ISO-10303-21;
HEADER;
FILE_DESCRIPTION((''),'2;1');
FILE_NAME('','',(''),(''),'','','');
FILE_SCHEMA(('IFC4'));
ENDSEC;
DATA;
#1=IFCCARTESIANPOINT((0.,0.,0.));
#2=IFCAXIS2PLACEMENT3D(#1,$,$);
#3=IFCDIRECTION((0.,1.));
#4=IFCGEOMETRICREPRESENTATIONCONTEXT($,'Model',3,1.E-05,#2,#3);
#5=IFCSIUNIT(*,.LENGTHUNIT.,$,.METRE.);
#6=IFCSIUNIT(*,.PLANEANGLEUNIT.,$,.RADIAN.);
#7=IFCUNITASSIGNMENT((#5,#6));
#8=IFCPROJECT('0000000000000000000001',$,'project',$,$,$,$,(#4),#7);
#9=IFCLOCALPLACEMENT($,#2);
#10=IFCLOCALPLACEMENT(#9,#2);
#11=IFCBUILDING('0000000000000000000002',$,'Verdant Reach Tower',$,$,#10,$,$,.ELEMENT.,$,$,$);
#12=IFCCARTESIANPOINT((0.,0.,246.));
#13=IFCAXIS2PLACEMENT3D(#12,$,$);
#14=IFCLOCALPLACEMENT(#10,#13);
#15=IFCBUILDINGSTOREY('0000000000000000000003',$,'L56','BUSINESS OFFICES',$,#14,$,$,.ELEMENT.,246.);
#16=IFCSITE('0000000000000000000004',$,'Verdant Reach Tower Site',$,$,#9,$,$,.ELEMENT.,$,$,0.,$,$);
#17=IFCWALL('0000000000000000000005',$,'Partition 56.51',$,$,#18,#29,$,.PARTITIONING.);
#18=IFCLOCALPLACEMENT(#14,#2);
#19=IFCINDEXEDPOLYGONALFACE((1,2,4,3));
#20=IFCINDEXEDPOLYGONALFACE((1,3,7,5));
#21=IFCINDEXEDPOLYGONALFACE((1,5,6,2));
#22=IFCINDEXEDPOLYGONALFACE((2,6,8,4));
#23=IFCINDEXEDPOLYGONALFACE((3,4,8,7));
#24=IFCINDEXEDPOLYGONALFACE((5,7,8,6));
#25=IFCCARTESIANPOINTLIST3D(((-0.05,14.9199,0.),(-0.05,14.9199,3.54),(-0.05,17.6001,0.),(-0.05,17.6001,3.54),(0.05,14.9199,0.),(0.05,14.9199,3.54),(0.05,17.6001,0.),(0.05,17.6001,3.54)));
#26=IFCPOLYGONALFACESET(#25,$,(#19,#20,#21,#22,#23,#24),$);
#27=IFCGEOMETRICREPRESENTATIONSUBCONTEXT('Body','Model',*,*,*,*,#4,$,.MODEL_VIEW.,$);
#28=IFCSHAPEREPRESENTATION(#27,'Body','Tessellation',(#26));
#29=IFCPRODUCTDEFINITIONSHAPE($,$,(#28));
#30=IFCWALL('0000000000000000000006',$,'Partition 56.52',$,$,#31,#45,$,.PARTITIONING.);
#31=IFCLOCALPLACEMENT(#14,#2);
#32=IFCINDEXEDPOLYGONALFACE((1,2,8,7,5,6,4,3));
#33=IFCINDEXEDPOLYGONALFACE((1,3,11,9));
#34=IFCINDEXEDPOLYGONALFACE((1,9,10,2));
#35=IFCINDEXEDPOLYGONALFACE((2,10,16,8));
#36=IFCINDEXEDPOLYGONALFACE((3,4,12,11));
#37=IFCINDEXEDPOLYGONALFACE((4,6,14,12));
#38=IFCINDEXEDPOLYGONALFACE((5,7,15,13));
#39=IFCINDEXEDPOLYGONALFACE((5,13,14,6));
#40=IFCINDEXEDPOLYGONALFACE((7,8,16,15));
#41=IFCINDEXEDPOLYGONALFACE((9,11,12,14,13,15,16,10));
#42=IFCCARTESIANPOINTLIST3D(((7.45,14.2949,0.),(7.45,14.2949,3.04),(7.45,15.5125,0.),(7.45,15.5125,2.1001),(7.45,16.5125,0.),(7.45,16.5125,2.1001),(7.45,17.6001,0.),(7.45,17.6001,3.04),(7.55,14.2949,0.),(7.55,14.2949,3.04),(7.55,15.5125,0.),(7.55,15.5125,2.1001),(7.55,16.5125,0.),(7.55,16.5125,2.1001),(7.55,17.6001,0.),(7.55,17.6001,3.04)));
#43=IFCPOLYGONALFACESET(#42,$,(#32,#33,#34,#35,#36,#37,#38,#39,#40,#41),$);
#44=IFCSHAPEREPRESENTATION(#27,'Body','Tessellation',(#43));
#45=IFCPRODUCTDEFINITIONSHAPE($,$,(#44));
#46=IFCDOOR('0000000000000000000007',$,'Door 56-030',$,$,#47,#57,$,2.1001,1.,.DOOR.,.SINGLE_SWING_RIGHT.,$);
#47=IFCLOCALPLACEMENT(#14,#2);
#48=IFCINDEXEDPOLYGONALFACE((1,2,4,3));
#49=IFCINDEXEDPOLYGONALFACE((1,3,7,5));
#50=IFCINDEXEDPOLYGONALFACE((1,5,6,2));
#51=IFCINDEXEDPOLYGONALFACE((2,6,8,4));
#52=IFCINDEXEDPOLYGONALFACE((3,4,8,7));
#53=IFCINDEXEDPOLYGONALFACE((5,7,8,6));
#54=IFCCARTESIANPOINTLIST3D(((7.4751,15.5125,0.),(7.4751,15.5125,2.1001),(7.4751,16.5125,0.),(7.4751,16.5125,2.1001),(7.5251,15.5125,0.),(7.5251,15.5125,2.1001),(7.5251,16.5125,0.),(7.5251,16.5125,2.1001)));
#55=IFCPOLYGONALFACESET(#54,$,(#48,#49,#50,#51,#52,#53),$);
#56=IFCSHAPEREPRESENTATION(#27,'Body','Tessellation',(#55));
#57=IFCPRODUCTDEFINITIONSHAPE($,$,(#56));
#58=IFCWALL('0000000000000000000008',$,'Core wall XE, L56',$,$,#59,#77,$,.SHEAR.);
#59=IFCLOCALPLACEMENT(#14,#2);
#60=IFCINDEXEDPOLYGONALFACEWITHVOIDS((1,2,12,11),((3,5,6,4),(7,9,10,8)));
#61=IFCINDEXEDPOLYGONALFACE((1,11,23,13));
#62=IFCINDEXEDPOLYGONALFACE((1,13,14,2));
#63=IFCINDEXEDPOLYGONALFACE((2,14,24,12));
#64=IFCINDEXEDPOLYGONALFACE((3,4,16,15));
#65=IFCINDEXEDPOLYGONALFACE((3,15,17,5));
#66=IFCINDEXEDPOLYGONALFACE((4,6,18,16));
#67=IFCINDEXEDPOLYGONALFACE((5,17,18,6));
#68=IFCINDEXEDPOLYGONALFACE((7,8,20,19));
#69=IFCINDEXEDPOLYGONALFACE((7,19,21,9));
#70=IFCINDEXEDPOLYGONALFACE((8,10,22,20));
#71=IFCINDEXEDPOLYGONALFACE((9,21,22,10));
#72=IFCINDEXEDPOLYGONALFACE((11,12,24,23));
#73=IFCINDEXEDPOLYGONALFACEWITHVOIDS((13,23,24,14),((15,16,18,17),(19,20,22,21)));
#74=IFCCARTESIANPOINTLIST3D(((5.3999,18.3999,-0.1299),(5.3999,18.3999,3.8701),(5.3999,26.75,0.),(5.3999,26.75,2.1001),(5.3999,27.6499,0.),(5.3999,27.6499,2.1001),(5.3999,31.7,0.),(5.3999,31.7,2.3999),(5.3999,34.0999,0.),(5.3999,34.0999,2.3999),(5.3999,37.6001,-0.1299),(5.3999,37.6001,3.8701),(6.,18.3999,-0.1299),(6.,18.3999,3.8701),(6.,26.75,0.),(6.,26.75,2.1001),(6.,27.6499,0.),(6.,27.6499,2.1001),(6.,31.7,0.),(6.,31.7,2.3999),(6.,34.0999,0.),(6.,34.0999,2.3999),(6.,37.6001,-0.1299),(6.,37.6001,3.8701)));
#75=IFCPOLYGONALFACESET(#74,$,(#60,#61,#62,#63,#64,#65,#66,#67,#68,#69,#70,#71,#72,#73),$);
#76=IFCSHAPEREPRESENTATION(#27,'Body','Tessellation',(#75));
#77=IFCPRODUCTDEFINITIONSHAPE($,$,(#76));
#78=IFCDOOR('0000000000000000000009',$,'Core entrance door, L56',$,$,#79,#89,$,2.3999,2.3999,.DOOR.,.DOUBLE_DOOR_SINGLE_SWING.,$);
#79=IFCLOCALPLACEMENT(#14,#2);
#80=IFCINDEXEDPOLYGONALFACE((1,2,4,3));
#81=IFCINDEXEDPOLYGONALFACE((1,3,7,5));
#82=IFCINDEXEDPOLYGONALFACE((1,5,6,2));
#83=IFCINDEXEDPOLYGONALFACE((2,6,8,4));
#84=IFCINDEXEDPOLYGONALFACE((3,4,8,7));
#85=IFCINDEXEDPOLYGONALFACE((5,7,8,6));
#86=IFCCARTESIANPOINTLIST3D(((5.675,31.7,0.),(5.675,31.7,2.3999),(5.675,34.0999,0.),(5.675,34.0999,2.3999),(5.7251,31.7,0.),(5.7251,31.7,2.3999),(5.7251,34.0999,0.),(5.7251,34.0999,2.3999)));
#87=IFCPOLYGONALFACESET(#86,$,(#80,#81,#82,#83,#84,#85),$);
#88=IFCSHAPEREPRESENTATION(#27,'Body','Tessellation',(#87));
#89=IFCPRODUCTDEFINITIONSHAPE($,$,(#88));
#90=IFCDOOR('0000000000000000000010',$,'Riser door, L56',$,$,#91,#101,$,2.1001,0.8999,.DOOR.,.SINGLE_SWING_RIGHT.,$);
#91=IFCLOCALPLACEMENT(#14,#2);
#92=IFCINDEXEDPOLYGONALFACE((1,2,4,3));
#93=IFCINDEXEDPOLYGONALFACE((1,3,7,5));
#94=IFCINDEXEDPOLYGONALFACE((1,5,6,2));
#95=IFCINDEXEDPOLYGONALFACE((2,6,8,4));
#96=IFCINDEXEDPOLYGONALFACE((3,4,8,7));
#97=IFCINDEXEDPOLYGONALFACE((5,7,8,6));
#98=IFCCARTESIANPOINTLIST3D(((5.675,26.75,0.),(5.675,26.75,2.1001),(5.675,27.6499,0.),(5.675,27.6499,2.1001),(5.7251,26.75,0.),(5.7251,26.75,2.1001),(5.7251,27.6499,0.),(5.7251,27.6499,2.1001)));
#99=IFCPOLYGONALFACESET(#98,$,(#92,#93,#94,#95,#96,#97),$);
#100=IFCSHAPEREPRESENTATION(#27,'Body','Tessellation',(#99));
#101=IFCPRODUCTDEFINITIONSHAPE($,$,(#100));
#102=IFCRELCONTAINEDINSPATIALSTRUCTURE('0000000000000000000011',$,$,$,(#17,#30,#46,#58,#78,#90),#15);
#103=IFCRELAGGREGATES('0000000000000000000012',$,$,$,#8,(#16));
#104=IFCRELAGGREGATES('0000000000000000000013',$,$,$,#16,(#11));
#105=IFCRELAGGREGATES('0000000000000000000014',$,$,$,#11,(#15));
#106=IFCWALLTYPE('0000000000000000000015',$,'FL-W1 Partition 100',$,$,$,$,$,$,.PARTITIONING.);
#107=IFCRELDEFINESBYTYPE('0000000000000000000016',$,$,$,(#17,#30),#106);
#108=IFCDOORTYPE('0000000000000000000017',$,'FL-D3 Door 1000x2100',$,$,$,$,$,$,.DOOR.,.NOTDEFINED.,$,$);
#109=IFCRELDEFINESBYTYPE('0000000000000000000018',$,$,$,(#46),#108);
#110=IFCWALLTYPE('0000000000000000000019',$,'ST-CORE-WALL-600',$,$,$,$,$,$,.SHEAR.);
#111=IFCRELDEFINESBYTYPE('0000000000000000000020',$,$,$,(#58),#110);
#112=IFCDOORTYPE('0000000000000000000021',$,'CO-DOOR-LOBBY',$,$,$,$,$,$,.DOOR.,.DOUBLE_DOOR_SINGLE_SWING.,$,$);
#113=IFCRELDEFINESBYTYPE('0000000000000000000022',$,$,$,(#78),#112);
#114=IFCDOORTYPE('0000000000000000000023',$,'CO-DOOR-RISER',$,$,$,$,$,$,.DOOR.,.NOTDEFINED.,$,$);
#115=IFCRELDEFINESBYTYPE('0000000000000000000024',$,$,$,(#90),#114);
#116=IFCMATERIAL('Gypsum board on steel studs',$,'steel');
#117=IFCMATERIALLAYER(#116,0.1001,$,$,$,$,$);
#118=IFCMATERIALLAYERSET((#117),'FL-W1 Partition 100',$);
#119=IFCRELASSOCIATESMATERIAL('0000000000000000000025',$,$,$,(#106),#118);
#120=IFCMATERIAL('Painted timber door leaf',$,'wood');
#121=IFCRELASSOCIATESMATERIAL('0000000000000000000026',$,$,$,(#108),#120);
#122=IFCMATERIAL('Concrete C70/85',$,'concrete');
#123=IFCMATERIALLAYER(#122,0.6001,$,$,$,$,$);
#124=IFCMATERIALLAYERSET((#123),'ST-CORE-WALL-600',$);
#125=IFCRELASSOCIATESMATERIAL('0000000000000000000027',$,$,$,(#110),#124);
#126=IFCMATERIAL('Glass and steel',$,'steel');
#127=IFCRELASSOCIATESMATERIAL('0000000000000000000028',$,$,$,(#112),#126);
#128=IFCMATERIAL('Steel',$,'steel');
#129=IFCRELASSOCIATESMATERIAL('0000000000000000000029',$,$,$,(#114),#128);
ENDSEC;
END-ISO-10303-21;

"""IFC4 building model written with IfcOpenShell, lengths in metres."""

from ifc_helpers import new_model, si_unit, direction, frame, frame_2d, origin, place, context, subcontext, project, spatial, rectangle, extrude, material, layer, layer_set, type_object, element, fill, save


model = new_model("IFC4")

# Units and contexts
model_context = context("Model", 3, precision=1e-05, world=origin(), true_north=direction((0.0, 1.0)))
body_context = subcontext(model_context, "Body", "Model", "MODEL_VIEW")
ifc_project = project(units=[si_unit("LENGTHUNIT", "METRE"), si_unit("PLANEANGLEUNIT", "RADIAN")], contexts=[model_context])

# Site, building, storey
site_placement = place(None, origin())
site = spatial("IfcSite", under=ifc_project, at=site_placement, Name="Verdant Reach Tower Site", CompositionType="ELEMENT", RefElevation=0.0)
building_placement = place(site_placement, origin())
building = spatial("IfcBuilding", under=site, at=building_placement, Name="Verdant Reach Tower", CompositionType="ELEMENT")
storey_placement = place(building_placement, frame((0.0, 0.0, 246.0)))
storey = spatial("IfcBuildingStorey", under=building, at=storey_placement, Name="L56", Description="BUSINESS OFFICES", CompositionType="ELEMENT", Elevation=246.0)

# Wall
ifc_material_1 = material(Name="Gypsum board on steel studs", Category="steel")
ifc_layer_1 = layer(ifc_material_1, 0.1001)
ifc_layer_set_1 = layer_set([ifc_layer_1], Name="FL-W1 Partition 100")
wall_type_1 = type_object("IfcWallType", Name="FL-W1 Partition 100", PredefinedType="PARTITIONING", material=ifc_layer_set_1)
wall_1_placement = place(storey_placement, frame((0.0, 14.9199, 0.0), z_axis=(0.0, 0.0, 1.0), x_axis=(0.0, 1.0, 0.0)))
element("IfcWall", 1, at=wall_1_placement, inside=storey, type_object=wall_type_1, Name="Partition 56.51", PredefinedType="PARTITIONING", context=body_context, shape_type="SweptSolid", body=[
    extrude(rectangle(XDim=2.6802, YDim=0.1001, at=frame_2d((1.3401, 0.0))), origin(), (0.0, 0.0, 1.0), 3.54),
])

# Wall, opening, door
wall_2_placement = place(storey_placement, frame((7.5, 14.2949, 0.0), z_axis=(0.0, 0.0, 1.0), x_axis=(0.0, 1.0, 0.0)))
wall_2 = element("IfcWall", 2, at=wall_2_placement, inside=storey, type_object=wall_type_1, Name="Partition 56.52", PredefinedType="PARTITIONING", context=body_context, shape_type="SweptSolid", body=[
    extrude(rectangle(XDim=3.3052, YDim=0.1001, at=frame_2d((1.6526, 0.0))), origin(), (0.0, 0.0, 1.0), 3.04),
])
opening_1_placement = place(wall_2_placement, frame((1.2175, 0.0, 0.0)))
opening_1 = element("IfcOpeningElement", 3, at=opening_1_placement, cuts=wall_2, PredefinedType="OPENING", context=body_context, shape_type="SweptSolid", body=[
    extrude(rectangle(XDim=1.0, YDim=2.1001, at=frame_2d((0.5, 1.05))), frame((0.0, 0.0601, 0.0), z_axis=(0.0, -1.0, 0.0), x_axis=(1.0, 0.0, 0.0)), (0.0, 0.0, 1.0), 0.1201),
])
ifc_material_2 = material(Name="Painted timber door leaf", Category="wood")
door_type_1 = type_object("IfcDoorType", Name="FL-D3 Door 1000x2100", OperationType="NOTDEFINED", PredefinedType="DOOR", material=ifc_material_2)
door_1_placement = place(opening_1_placement, origin())
door_1 = element("IfcDoor", 4, at=door_1_placement, inside=storey, type_object=door_type_1, Name="Door 56-030", OperationType="SINGLE_SWING_RIGHT", OverallHeight=2.1001, OverallWidth=1.0, PredefinedType="DOOR", context=body_context, shape_type="SweptSolid", body=[
    extrude(rectangle(XDim=1.0, YDim=2.1001, at=frame_2d((0.5, 1.05))), frame((0.0, 0.0249, 0.0), z_axis=(0.0, -1.0, 0.0), x_axis=(1.0, 0.0, 0.0)), (0.0, 0.0, 1.0), 0.05),
])
fill(opening_1, door_1)

# Wall, openings, doors
ifc_material_3 = material(Name="Concrete C70/85", Category="concrete")
ifc_layer_2 = layer(ifc_material_3, 0.6001)
ifc_layer_set_2 = layer_set([ifc_layer_2], Name="ST-CORE-WALL-600")
wall_type_2 = type_object("IfcWallType", Name="ST-CORE-WALL-600", PredefinedType="SHEAR", material=ifc_layer_set_2)
wall_3_placement = place(storey_placement, frame((5.7, 18.3999, -0.1299), z_axis=(0.0, 0.0, 1.0), x_axis=(0.0, 1.0, 0.0)))
wall_3 = element("IfcWall", 5, at=wall_3_placement, inside=storey, type_object=wall_type_2, Name="Core wall XE, L56", PredefinedType="SHEAR", context=body_context, shape_type="SweptSolid", body=[
    extrude(rectangle(XDim=19.2002, YDim=0.6001, at=frame_2d((9.6001, 0.0))), origin(), (0.0, 0.0, 1.0), 4.0),
])
opening_2_placement = place(wall_3_placement, frame((8.3501, 0.0, 0.1299)))
opening_2 = element("IfcOpeningElement", 6, at=opening_2_placement, cuts=wall_3, PredefinedType="OPENING", context=body_context, shape_type="SweptSolid", body=[
    extrude(rectangle(XDim=0.8999, YDim=2.1001, at=frame_2d((0.45, 1.05))), frame((0.0, 0.3101, 0.0), z_axis=(0.0, -1.0, 0.0), x_axis=(1.0, 0.0, 0.0)), (0.0, 0.0, 1.0), 0.6201),
])
opening_3_placement = place(wall_3_placement, frame((13.3, 0.0, 0.1299)))
opening_3 = element("IfcOpeningElement", 7, at=opening_3_placement, cuts=wall_3, PredefinedType="OPENING", context=body_context, shape_type="SweptSolid", body=[
    extrude(rectangle(XDim=2.3999, YDim=2.3999, at=frame_2d((1.2, 1.2))), frame((0.0, 0.3101, 0.0), z_axis=(0.0, -1.0, 0.0), x_axis=(1.0, 0.0, 0.0)), (0.0, 0.0, 1.0), 0.6201),
])
ifc_material_4 = material(Name="Glass and steel", Category="steel")
door_type_2 = type_object("IfcDoorType", Name="CO-DOOR-LOBBY", OperationType="DOUBLE_DOOR_SINGLE_SWING", PredefinedType="DOOR", material=ifc_material_4)
door_2_placement = place(opening_3_placement, origin())
door_2 = element("IfcDoor", 8, at=door_2_placement, inside=storey, type_object=door_type_2, Name="Core entrance door, L56", OperationType="DOUBLE_DOOR_SINGLE_SWING", OverallHeight=2.3999, OverallWidth=2.3999, PredefinedType="DOOR", context=body_context, shape_type="SweptSolid", body=[
    extrude(rectangle(XDim=2.3999, YDim=2.3999, at=frame_2d((1.2, 1.2))), frame((0.0, 0.0249, 0.0), z_axis=(0.0, -1.0, 0.0), x_axis=(1.0, 0.0, 0.0)), (0.0, 0.0, 1.0), 0.05),
])
fill(opening_3, door_2)
ifc_material_5 = material(Name="Steel", Category="steel")
door_type_3 = type_object("IfcDoorType", Name="CO-DOOR-RISER", OperationType="NOTDEFINED", PredefinedType="DOOR", material=ifc_material_5)
door_3_placement = place(opening_2_placement, origin())
door_3 = element("IfcDoor", 9, at=door_3_placement, inside=storey, type_object=door_type_3, Name="Riser door, L56", OperationType="SINGLE_SWING_RIGHT", OverallHeight=2.1001, OverallWidth=0.8999, PredefinedType="DOOR", context=body_context, shape_type="SweptSolid", body=[
    extrude(rectangle(XDim=0.8999, YDim=2.1001, at=frame_2d((0.45, 1.05))), frame((0.0, 0.0249, 0.0), z_axis=(0.0, -1.0, 0.0), x_axis=(1.0, 0.0, 0.0)), (0.0, 0.0, 1.0), 0.05),
])
fill(opening_2, door_3)

save(model, "model.ifc")
